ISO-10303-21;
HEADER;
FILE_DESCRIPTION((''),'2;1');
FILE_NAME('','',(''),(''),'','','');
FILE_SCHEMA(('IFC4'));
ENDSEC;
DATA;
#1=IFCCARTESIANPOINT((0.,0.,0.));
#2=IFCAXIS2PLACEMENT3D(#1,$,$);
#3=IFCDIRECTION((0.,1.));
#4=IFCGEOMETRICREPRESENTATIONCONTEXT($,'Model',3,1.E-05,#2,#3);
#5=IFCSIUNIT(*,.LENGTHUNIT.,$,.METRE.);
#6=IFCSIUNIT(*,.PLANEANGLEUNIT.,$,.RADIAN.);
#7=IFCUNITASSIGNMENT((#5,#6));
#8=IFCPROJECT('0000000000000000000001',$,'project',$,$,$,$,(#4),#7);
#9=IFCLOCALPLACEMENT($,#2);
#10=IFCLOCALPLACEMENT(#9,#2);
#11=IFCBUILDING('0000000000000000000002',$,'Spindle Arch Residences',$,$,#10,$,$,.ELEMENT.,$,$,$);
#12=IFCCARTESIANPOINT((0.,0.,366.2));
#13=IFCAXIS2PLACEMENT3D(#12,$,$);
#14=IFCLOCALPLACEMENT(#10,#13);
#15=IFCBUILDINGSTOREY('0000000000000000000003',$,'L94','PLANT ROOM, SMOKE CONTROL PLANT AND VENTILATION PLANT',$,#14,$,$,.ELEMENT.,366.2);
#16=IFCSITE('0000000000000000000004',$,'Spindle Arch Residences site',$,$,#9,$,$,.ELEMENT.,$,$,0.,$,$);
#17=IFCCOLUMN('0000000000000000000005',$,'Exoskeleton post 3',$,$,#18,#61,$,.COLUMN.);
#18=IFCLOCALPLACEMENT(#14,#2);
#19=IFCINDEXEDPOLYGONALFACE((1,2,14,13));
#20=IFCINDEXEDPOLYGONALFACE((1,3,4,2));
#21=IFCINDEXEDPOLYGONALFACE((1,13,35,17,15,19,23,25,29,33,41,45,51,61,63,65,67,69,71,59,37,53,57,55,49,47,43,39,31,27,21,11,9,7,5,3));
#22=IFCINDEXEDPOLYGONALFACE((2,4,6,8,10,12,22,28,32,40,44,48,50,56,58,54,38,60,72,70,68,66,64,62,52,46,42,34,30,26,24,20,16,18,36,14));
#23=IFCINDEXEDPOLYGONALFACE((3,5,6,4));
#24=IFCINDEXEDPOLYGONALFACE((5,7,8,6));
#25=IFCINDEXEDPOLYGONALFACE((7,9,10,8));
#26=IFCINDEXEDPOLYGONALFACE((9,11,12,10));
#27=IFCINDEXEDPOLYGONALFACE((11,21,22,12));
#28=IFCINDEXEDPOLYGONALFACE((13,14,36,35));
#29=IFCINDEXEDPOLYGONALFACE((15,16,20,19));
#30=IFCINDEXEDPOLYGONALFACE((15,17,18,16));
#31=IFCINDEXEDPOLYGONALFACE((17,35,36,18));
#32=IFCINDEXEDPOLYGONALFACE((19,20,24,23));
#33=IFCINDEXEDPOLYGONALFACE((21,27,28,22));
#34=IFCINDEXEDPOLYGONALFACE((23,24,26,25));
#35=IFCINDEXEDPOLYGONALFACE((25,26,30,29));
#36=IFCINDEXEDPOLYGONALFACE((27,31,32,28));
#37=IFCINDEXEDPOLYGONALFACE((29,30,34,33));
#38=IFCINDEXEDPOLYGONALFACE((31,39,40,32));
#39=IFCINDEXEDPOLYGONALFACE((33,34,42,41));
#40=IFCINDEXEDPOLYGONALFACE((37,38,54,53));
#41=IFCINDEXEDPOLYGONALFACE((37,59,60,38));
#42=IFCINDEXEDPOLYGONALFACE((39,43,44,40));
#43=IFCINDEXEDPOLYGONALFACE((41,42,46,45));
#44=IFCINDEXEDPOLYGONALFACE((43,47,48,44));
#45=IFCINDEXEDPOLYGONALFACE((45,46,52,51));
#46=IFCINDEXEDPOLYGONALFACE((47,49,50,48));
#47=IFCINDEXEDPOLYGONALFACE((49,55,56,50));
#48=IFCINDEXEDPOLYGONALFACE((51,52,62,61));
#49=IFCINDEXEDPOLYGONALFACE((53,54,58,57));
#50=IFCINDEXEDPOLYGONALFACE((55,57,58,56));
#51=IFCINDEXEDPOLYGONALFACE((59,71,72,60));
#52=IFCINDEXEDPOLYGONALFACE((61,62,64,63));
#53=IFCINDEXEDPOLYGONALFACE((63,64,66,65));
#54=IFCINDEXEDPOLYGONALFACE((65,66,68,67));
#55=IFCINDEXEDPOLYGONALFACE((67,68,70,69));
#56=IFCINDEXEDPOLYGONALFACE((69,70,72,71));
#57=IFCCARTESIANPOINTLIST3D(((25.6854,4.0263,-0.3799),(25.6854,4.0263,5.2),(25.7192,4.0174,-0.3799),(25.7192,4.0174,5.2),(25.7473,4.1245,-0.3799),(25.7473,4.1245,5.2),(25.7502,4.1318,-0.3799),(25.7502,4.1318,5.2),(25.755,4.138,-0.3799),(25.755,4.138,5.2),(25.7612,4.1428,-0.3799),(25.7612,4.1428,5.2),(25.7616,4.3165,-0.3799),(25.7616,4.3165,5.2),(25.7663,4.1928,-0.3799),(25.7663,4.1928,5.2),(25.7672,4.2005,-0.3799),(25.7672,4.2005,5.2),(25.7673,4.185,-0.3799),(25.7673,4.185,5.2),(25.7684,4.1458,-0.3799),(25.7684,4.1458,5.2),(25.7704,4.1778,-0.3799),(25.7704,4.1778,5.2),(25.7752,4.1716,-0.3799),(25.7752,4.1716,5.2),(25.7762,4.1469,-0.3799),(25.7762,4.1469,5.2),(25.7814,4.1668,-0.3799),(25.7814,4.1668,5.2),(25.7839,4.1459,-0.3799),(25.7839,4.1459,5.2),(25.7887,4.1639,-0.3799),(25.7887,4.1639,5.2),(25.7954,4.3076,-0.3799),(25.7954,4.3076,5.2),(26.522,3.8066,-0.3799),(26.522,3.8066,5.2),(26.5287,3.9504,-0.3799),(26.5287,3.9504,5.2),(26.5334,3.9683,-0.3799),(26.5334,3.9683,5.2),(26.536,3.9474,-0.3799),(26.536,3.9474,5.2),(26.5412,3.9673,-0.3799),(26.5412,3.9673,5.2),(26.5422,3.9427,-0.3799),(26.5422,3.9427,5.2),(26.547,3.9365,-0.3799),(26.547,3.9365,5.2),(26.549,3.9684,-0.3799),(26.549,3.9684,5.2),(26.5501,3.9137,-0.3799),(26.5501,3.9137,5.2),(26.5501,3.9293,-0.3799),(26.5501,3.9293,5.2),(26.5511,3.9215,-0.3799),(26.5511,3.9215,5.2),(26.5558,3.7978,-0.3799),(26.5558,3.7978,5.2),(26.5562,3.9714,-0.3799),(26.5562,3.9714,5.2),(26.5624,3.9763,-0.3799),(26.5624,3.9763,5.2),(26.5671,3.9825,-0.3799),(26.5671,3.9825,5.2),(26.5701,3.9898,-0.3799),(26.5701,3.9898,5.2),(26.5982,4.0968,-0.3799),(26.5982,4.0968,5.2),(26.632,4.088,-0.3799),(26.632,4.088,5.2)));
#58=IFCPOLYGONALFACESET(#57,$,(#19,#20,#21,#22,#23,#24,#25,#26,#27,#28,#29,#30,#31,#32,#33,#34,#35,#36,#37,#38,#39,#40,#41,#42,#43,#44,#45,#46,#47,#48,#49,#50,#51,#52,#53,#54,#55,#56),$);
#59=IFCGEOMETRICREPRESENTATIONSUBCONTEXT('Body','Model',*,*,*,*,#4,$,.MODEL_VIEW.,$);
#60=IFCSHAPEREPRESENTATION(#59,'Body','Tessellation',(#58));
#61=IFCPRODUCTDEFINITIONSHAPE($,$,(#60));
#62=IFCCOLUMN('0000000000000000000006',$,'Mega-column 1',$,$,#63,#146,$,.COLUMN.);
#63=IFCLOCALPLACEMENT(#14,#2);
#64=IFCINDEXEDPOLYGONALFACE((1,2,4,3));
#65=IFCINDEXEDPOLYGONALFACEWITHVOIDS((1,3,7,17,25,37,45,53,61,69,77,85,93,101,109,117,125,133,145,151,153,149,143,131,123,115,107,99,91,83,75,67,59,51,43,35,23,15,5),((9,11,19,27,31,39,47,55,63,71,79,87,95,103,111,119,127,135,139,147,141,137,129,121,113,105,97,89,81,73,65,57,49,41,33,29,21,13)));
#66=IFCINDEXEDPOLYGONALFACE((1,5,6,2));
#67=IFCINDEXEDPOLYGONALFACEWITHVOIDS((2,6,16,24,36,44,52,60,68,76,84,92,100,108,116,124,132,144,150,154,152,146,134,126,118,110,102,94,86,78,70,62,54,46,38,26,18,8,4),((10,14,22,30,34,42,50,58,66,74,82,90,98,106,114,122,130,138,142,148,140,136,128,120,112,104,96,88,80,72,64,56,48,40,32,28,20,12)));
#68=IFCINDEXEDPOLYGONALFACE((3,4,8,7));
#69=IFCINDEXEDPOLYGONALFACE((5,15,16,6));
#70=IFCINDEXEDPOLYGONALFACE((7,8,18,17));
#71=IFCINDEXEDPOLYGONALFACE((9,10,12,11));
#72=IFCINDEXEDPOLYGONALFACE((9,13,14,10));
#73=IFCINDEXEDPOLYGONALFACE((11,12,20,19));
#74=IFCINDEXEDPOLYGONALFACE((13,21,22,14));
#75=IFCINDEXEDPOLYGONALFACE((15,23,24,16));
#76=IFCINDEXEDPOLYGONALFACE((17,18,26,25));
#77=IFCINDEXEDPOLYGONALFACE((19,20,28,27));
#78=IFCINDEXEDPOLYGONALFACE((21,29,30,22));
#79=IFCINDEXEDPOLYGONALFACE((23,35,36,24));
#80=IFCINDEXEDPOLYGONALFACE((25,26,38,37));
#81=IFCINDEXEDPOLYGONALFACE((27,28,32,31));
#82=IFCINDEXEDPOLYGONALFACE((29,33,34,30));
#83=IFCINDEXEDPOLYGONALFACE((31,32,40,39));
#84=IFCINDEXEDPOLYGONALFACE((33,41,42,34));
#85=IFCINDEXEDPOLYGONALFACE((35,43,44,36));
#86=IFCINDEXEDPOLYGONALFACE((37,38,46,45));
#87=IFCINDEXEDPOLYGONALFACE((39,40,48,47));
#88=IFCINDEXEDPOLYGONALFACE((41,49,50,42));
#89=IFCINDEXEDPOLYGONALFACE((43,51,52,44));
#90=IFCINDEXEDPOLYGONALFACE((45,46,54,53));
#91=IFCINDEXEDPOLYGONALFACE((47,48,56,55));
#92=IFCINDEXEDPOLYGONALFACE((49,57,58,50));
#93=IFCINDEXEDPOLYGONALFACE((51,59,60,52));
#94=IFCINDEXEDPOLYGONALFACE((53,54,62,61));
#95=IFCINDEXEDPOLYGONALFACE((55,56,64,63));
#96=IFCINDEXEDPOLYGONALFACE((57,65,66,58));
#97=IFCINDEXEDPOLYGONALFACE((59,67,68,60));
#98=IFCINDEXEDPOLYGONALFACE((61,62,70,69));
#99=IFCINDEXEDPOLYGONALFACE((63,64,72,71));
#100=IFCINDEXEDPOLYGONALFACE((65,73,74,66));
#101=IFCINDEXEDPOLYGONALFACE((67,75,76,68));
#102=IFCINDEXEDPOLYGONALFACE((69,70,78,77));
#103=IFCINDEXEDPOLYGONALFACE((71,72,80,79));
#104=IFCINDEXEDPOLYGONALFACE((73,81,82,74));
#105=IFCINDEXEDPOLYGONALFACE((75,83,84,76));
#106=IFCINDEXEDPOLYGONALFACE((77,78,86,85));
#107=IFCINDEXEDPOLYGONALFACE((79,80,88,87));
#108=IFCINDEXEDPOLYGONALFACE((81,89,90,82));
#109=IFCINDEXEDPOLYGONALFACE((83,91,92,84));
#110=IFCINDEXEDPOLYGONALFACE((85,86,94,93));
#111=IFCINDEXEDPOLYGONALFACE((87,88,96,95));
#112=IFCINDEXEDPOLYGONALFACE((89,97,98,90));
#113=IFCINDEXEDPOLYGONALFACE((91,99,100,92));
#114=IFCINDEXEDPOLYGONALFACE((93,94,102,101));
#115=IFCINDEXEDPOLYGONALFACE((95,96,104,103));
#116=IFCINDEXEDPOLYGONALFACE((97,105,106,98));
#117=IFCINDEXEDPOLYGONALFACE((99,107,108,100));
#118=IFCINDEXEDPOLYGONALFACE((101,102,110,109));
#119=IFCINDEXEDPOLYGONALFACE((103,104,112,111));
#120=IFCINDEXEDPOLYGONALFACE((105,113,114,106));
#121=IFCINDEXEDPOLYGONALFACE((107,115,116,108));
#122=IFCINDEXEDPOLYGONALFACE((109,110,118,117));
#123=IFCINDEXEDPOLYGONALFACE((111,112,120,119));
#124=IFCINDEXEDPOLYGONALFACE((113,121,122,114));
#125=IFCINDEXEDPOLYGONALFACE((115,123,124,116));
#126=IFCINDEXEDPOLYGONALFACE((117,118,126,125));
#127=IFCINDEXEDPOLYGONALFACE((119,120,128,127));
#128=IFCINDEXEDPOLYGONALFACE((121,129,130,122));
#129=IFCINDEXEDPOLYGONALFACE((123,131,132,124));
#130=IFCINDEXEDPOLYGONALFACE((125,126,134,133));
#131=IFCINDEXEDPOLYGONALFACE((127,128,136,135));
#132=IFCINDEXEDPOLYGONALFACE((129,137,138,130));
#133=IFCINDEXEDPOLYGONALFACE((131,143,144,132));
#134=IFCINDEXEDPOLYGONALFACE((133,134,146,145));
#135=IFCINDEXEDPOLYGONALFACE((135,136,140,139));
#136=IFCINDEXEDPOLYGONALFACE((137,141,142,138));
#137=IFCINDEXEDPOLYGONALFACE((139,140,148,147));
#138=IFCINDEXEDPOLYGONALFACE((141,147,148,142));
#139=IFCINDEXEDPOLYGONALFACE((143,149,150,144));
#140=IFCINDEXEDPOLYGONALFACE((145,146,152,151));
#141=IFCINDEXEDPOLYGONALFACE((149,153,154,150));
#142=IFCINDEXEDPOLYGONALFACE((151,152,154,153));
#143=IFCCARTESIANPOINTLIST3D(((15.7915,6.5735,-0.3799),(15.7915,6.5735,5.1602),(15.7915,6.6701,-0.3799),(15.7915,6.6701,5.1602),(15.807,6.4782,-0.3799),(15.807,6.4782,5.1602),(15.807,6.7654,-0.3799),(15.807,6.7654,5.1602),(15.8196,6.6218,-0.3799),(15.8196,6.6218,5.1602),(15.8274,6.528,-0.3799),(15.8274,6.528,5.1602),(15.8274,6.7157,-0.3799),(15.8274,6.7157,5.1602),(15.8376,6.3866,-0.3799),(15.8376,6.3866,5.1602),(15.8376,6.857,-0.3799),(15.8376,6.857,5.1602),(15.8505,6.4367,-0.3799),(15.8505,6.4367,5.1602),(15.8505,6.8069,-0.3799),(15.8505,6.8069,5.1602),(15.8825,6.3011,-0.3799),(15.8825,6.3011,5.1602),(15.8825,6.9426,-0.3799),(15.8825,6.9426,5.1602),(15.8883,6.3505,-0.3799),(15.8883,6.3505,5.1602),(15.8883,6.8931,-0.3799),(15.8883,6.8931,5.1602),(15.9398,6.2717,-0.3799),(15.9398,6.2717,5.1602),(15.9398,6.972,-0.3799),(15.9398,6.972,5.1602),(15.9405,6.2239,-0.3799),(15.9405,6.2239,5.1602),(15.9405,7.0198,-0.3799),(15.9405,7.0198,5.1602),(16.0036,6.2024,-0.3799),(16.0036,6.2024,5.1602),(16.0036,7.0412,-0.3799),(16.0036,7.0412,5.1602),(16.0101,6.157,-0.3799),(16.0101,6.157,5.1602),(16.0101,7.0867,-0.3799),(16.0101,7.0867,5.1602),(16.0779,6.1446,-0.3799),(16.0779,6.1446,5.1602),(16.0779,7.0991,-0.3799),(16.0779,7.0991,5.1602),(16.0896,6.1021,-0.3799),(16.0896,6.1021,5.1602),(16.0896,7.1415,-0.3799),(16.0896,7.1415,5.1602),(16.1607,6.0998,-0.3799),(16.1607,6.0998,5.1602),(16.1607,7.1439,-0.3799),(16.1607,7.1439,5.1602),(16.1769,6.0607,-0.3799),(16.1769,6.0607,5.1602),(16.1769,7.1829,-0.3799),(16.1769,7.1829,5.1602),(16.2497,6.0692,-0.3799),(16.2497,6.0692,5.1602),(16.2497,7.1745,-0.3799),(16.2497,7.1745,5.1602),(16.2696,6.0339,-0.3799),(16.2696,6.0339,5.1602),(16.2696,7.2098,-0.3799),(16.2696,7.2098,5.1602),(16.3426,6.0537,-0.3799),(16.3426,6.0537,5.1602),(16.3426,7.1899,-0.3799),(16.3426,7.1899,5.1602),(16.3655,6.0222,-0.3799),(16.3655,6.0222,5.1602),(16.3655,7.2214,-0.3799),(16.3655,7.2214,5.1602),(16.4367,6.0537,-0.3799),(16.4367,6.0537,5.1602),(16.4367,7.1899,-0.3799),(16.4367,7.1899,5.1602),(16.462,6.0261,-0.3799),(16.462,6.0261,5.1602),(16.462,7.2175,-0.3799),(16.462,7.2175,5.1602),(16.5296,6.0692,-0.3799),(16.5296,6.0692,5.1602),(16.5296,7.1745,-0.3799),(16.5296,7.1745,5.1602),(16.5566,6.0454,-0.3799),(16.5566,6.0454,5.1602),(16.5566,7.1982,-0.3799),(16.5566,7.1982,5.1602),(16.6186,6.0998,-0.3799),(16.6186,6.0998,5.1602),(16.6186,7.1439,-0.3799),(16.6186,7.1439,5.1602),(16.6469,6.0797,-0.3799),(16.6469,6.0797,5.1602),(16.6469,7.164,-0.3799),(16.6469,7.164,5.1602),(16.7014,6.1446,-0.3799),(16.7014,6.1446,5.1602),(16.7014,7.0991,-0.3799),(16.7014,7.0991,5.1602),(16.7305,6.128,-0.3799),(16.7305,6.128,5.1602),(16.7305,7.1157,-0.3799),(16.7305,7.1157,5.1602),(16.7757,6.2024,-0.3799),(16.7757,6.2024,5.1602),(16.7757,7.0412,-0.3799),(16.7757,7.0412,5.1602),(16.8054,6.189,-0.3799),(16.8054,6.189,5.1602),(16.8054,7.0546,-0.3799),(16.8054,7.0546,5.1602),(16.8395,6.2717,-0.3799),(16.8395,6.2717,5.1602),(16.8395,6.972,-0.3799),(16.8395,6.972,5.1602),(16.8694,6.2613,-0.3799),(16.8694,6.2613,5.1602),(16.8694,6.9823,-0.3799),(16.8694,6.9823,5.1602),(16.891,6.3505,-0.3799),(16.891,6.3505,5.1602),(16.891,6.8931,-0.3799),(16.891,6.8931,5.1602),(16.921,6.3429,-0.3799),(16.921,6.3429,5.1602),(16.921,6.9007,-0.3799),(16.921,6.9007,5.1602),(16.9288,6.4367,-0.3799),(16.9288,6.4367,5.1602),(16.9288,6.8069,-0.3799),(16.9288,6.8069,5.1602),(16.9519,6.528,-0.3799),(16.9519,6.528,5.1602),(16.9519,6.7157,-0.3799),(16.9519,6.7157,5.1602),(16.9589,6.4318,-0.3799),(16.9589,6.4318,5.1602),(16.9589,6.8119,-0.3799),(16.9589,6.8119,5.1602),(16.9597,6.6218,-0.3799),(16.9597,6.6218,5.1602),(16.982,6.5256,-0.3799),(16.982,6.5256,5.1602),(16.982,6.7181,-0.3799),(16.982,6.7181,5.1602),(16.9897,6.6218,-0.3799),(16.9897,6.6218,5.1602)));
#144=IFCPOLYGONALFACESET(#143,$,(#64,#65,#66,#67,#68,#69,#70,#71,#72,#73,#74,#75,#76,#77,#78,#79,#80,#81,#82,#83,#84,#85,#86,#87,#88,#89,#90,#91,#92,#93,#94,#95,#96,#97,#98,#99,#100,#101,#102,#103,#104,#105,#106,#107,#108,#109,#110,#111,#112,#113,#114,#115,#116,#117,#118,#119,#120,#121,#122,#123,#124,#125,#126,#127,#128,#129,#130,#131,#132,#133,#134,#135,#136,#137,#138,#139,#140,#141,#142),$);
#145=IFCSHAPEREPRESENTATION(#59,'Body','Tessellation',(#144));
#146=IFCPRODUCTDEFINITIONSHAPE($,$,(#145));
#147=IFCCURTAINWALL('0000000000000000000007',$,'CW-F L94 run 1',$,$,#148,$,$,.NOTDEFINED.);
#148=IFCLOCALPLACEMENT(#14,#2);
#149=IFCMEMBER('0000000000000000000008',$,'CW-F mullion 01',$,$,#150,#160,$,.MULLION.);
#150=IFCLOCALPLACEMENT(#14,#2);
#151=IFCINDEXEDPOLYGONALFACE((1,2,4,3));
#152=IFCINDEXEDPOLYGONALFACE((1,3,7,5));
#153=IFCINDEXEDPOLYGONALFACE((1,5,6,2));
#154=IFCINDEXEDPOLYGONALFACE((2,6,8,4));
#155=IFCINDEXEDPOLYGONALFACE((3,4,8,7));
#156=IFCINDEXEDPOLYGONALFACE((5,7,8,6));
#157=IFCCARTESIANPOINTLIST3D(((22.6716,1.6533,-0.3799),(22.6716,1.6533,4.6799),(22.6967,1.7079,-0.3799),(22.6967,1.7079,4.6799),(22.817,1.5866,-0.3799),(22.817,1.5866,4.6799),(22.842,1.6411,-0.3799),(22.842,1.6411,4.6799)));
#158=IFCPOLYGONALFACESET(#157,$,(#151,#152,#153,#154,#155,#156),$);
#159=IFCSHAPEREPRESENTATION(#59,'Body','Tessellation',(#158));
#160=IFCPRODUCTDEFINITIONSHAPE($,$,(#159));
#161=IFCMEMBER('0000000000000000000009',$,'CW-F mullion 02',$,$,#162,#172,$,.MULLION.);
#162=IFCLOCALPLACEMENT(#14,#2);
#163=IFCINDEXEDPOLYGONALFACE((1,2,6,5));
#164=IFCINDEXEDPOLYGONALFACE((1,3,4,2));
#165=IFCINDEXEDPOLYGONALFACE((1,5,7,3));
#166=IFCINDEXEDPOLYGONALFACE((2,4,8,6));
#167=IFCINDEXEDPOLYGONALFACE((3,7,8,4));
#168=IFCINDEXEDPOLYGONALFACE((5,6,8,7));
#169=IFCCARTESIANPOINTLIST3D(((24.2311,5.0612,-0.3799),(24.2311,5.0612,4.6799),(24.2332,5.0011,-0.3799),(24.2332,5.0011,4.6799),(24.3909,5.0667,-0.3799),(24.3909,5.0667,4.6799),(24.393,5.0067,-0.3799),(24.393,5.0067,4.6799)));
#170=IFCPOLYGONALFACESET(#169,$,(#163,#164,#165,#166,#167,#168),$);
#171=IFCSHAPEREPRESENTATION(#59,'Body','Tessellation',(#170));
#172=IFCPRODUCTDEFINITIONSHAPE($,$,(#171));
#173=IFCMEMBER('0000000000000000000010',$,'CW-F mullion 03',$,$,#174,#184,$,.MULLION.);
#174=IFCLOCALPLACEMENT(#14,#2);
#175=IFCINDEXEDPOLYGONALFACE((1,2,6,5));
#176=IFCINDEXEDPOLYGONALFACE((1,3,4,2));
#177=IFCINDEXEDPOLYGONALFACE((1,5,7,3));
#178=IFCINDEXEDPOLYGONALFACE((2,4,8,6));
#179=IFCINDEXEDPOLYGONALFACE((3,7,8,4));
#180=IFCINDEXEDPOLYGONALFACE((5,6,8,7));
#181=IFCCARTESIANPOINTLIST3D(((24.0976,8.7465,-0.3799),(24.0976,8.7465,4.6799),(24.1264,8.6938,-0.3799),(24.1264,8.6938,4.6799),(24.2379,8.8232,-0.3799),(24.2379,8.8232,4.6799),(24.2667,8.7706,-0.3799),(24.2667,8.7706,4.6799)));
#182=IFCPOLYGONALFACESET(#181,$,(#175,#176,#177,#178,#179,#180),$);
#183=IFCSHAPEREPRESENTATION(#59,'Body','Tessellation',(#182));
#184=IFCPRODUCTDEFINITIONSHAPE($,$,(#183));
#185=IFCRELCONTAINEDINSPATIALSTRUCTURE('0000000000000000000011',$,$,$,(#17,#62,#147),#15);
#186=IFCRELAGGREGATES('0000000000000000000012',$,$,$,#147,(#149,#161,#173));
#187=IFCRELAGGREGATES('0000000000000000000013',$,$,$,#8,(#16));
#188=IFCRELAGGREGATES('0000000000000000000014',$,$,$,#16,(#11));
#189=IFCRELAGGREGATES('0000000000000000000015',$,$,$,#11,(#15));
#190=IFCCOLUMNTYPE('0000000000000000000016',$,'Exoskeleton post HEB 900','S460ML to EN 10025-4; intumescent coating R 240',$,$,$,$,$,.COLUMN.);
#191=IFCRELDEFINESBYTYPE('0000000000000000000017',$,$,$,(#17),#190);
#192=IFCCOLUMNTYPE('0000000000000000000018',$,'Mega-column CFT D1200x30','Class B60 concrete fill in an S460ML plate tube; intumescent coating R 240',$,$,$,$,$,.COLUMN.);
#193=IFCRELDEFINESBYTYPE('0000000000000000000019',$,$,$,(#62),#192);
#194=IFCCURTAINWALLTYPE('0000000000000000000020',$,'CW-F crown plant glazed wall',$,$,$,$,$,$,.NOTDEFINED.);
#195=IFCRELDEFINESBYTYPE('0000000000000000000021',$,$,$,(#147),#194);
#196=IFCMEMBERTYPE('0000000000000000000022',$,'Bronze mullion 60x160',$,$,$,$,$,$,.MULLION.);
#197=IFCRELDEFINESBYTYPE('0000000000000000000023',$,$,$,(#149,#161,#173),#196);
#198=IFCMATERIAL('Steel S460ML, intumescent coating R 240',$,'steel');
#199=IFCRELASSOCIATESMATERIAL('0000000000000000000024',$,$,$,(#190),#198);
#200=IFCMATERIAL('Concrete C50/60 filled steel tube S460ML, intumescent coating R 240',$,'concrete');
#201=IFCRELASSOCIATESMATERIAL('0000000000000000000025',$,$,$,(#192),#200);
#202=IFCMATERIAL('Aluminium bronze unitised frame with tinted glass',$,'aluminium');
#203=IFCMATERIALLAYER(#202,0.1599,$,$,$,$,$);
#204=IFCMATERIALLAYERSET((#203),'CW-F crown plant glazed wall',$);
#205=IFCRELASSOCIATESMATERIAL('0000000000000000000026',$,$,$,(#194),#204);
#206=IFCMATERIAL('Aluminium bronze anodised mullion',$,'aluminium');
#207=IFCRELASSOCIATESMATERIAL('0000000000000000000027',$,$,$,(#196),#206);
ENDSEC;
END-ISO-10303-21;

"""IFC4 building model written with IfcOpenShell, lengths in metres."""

from ifc_helpers import new_model, si_unit, direction, frame, origin, origin_2d, place, context, subcontext, project, spatial, rectangle, hollow_circle, i_section, extrude, material, layer, layer_set, material_profile, profile_set, type_object, element, aggregate, save


model = new_model("IFC4")

# Units and contexts
model_context = context("Model", 3, precision=1e-05, world=origin(), true_north=direction((0.0, 1.0)))
body_context = subcontext(model_context, "Body", "Model", "MODEL_VIEW")
ifc_project = project(units=[si_unit("LENGTHUNIT", "METRE"), si_unit("PLANEANGLEUNIT", "RADIAN")], contexts=[model_context])

# Site, building, storey
site_placement = place(None, origin())
site = spatial("IfcSite", under=ifc_project, at=site_placement, Name="Spindle Arch Residences site", CompositionType="ELEMENT", RefElevation=0.0)
building_placement = place(site_placement, origin())
building = spatial("IfcBuilding", under=site, at=building_placement, Name="Spindle Arch Residences", CompositionType="ELEMENT")
storey_placement = place(building_placement, frame((0.0, 0.0, 366.2)))
storey = spatial("IfcBuildingStorey", under=building, at=storey_placement, Name="L94", Description="PLANT ROOM, SMOKE CONTROL PLANT AND VENTILATION PLANT", CompositionType="ELEMENT", Elevation=366.2)

# Columns
ifc_material_1 = material(Name="Steel S460ML, intumescent coating R 240", Category="steel")
ifc_material_profile_1 = material_profile(ifc_material_1, i_section(OverallWidth=0.3, OverallDepth=0.8999, WebThickness=0.0186, FlangeThickness=0.0349, FilletRadius=0.03, at=origin_2d()), Name="HEB 900")
ifc_profile_set_1 = profile_set([ifc_material_profile_1], Name="Steel S460ML, intumescent coating R 240")
column_type_1 = type_object("IfcColumnType", Name="Exoskeleton post HEB 900", Description="S460ML to EN 10025-4; intumescent coating R 240", PredefinedType="COLUMN", material=ifc_profile_set_1)
column_1_placement = place(storey_placement, frame((26.1587, 4.0571, -0.3799), z_axis=(0.0, 0.0, 1.0), x_axis=(-0.253941, -0.96722, 0.0)))
element("IfcColumn", 1, at=column_1_placement, inside=storey, type_object=column_type_1, Name="Exoskeleton post 3", PredefinedType="COLUMN", context=body_context, shape_type="SweptSolid", body=[
    extrude(i_section(OverallWidth=0.3, OverallDepth=0.8999, WebThickness=0.0186, FlangeThickness=0.0349, FilletRadius=0.03, at=origin_2d()), origin(), (0.0, 0.0, 1.0), 5.5798),
])
ifc_material_2 = material(Name="Concrete C50/60 filled steel tube S460ML, intumescent coating R 240", Category="concrete")
ifc_material_profile_2 = material_profile(ifc_material_2, hollow_circle(Radius=0.6001, WallThickness=0.03, at=origin_2d()), Name="CFT D1200x30")
ifc_profile_set_2 = profile_set([ifc_material_profile_2], Name="Concrete C50/60 filled steel tube S460ML, intumescent coating R 240")
column_type_2 = type_object("IfcColumnType", Name="Mega-column CFT D1200x30", Description="Class B60 concrete fill in an S460ML plate tube; intumescent coating R 240", PredefinedType="COLUMN", material=ifc_profile_set_2)
column_2_placement = place(storey_placement, frame((16.3896, 6.6218, -0.3799), z_axis=(0.0, 0.0, 1.0), x_axis=(1.0, 0.0, 0.0)))
element("IfcColumn", 2, at=column_2_placement, inside=storey, type_object=column_type_2, Name="Mega-column 1", PredefinedType="COLUMN", context=body_context, shape_type="SweptSolid", body=[
    extrude(hollow_circle(Radius=0.6001, WallThickness=0.03, at=origin_2d()), origin(), (0.0, 0.0, 1.0), 5.54),
])

# Curtain wall, members
ifc_material_3 = material(Name="Aluminium bronze unitised frame with tinted glass", Category="aluminium")
ifc_layer_1 = layer(ifc_material_3, 0.1599)
ifc_layer_set_1 = layer_set([ifc_layer_1], Name="CW-F crown plant glazed wall")
curtain_wall_type = type_object("IfcCurtainWallType", Name="CW-F crown plant glazed wall", PredefinedType="NOTDEFINED", material=ifc_layer_set_1)
curtain_wall_placement = place(storey_placement, origin())
curtain_wall = element("IfcCurtainWall", 3, at=curtain_wall_placement, inside=storey, type_object=curtain_wall_type, Name="CW-F L94 run 1", PredefinedType="NOTDEFINED")
ifc_material_4 = material(Name="Aluminium bronze anodised mullion", Category="aluminium")
ifc_material_profile_3 = material_profile(ifc_material_4, rectangle(XDim=0.1599, YDim=0.0601, at=origin_2d()), Name="MU 60x160")
ifc_profile_set_3 = profile_set([ifc_material_profile_3], Name="Aluminium bronze anodised mullion")
member_type_1 = type_object("IfcMemberType", Name="Bronze mullion 60x160", PredefinedType="MULLION", material=ifc_profile_set_3)
member_1_placement = place(storey_placement, frame((22.7568, 1.6472, -0.3799), z_axis=(0.0, 0.0, 1.0), x_axis=(-0.908751, 0.417338, 0.0)))
member_1 = element("IfcMember", 4, at=member_1_placement, type_object=member_type_1, Name="CW-F mullion 01", PredefinedType="MULLION", context=body_context, shape_type="SweptSolid", body=[
    extrude(rectangle(XDim=0.1599, YDim=0.0601, at=origin_2d()), origin(), (0.0, 0.0, 1.0), 5.0598),
])
member_2_placement = place(storey_placement, frame((24.312, 5.0339, -0.3799), z_axis=(0.0, 0.0, 1.0), x_axis=(-0.999391, -0.034899, 0.0)))
member_2 = element("IfcMember", 5, at=member_2_placement, type_object=member_type_1, Name="CW-F mullion 02", PredefinedType="MULLION", context=body_context, shape_type="SweptSolid", body=[
    extrude(rectangle(XDim=0.1599, YDim=0.0601, at=origin_2d()), origin(), (0.0, 0.0, 1.0), 5.0598),
])
member_3_placement = place(storey_placement, frame((24.1821, 8.7585, -0.3799), z_axis=(0.0, 0.0, 1.0), x_axis=(-0.877425, -0.479713, 0.0)))
member_3 = element("IfcMember", 6, at=member_3_placement, type_object=member_type_1, Name="CW-F mullion 03", PredefinedType="MULLION", context=body_context, shape_type="SweptSolid", body=[
    extrude(rectangle(XDim=0.1599, YDim=0.0601, at=origin_2d()), origin(), (0.0, 0.0, 1.0), 5.0598),
])

aggregate(curtain_wall, [member_1, member_2, member_3])

save(model, "model.ifc")
